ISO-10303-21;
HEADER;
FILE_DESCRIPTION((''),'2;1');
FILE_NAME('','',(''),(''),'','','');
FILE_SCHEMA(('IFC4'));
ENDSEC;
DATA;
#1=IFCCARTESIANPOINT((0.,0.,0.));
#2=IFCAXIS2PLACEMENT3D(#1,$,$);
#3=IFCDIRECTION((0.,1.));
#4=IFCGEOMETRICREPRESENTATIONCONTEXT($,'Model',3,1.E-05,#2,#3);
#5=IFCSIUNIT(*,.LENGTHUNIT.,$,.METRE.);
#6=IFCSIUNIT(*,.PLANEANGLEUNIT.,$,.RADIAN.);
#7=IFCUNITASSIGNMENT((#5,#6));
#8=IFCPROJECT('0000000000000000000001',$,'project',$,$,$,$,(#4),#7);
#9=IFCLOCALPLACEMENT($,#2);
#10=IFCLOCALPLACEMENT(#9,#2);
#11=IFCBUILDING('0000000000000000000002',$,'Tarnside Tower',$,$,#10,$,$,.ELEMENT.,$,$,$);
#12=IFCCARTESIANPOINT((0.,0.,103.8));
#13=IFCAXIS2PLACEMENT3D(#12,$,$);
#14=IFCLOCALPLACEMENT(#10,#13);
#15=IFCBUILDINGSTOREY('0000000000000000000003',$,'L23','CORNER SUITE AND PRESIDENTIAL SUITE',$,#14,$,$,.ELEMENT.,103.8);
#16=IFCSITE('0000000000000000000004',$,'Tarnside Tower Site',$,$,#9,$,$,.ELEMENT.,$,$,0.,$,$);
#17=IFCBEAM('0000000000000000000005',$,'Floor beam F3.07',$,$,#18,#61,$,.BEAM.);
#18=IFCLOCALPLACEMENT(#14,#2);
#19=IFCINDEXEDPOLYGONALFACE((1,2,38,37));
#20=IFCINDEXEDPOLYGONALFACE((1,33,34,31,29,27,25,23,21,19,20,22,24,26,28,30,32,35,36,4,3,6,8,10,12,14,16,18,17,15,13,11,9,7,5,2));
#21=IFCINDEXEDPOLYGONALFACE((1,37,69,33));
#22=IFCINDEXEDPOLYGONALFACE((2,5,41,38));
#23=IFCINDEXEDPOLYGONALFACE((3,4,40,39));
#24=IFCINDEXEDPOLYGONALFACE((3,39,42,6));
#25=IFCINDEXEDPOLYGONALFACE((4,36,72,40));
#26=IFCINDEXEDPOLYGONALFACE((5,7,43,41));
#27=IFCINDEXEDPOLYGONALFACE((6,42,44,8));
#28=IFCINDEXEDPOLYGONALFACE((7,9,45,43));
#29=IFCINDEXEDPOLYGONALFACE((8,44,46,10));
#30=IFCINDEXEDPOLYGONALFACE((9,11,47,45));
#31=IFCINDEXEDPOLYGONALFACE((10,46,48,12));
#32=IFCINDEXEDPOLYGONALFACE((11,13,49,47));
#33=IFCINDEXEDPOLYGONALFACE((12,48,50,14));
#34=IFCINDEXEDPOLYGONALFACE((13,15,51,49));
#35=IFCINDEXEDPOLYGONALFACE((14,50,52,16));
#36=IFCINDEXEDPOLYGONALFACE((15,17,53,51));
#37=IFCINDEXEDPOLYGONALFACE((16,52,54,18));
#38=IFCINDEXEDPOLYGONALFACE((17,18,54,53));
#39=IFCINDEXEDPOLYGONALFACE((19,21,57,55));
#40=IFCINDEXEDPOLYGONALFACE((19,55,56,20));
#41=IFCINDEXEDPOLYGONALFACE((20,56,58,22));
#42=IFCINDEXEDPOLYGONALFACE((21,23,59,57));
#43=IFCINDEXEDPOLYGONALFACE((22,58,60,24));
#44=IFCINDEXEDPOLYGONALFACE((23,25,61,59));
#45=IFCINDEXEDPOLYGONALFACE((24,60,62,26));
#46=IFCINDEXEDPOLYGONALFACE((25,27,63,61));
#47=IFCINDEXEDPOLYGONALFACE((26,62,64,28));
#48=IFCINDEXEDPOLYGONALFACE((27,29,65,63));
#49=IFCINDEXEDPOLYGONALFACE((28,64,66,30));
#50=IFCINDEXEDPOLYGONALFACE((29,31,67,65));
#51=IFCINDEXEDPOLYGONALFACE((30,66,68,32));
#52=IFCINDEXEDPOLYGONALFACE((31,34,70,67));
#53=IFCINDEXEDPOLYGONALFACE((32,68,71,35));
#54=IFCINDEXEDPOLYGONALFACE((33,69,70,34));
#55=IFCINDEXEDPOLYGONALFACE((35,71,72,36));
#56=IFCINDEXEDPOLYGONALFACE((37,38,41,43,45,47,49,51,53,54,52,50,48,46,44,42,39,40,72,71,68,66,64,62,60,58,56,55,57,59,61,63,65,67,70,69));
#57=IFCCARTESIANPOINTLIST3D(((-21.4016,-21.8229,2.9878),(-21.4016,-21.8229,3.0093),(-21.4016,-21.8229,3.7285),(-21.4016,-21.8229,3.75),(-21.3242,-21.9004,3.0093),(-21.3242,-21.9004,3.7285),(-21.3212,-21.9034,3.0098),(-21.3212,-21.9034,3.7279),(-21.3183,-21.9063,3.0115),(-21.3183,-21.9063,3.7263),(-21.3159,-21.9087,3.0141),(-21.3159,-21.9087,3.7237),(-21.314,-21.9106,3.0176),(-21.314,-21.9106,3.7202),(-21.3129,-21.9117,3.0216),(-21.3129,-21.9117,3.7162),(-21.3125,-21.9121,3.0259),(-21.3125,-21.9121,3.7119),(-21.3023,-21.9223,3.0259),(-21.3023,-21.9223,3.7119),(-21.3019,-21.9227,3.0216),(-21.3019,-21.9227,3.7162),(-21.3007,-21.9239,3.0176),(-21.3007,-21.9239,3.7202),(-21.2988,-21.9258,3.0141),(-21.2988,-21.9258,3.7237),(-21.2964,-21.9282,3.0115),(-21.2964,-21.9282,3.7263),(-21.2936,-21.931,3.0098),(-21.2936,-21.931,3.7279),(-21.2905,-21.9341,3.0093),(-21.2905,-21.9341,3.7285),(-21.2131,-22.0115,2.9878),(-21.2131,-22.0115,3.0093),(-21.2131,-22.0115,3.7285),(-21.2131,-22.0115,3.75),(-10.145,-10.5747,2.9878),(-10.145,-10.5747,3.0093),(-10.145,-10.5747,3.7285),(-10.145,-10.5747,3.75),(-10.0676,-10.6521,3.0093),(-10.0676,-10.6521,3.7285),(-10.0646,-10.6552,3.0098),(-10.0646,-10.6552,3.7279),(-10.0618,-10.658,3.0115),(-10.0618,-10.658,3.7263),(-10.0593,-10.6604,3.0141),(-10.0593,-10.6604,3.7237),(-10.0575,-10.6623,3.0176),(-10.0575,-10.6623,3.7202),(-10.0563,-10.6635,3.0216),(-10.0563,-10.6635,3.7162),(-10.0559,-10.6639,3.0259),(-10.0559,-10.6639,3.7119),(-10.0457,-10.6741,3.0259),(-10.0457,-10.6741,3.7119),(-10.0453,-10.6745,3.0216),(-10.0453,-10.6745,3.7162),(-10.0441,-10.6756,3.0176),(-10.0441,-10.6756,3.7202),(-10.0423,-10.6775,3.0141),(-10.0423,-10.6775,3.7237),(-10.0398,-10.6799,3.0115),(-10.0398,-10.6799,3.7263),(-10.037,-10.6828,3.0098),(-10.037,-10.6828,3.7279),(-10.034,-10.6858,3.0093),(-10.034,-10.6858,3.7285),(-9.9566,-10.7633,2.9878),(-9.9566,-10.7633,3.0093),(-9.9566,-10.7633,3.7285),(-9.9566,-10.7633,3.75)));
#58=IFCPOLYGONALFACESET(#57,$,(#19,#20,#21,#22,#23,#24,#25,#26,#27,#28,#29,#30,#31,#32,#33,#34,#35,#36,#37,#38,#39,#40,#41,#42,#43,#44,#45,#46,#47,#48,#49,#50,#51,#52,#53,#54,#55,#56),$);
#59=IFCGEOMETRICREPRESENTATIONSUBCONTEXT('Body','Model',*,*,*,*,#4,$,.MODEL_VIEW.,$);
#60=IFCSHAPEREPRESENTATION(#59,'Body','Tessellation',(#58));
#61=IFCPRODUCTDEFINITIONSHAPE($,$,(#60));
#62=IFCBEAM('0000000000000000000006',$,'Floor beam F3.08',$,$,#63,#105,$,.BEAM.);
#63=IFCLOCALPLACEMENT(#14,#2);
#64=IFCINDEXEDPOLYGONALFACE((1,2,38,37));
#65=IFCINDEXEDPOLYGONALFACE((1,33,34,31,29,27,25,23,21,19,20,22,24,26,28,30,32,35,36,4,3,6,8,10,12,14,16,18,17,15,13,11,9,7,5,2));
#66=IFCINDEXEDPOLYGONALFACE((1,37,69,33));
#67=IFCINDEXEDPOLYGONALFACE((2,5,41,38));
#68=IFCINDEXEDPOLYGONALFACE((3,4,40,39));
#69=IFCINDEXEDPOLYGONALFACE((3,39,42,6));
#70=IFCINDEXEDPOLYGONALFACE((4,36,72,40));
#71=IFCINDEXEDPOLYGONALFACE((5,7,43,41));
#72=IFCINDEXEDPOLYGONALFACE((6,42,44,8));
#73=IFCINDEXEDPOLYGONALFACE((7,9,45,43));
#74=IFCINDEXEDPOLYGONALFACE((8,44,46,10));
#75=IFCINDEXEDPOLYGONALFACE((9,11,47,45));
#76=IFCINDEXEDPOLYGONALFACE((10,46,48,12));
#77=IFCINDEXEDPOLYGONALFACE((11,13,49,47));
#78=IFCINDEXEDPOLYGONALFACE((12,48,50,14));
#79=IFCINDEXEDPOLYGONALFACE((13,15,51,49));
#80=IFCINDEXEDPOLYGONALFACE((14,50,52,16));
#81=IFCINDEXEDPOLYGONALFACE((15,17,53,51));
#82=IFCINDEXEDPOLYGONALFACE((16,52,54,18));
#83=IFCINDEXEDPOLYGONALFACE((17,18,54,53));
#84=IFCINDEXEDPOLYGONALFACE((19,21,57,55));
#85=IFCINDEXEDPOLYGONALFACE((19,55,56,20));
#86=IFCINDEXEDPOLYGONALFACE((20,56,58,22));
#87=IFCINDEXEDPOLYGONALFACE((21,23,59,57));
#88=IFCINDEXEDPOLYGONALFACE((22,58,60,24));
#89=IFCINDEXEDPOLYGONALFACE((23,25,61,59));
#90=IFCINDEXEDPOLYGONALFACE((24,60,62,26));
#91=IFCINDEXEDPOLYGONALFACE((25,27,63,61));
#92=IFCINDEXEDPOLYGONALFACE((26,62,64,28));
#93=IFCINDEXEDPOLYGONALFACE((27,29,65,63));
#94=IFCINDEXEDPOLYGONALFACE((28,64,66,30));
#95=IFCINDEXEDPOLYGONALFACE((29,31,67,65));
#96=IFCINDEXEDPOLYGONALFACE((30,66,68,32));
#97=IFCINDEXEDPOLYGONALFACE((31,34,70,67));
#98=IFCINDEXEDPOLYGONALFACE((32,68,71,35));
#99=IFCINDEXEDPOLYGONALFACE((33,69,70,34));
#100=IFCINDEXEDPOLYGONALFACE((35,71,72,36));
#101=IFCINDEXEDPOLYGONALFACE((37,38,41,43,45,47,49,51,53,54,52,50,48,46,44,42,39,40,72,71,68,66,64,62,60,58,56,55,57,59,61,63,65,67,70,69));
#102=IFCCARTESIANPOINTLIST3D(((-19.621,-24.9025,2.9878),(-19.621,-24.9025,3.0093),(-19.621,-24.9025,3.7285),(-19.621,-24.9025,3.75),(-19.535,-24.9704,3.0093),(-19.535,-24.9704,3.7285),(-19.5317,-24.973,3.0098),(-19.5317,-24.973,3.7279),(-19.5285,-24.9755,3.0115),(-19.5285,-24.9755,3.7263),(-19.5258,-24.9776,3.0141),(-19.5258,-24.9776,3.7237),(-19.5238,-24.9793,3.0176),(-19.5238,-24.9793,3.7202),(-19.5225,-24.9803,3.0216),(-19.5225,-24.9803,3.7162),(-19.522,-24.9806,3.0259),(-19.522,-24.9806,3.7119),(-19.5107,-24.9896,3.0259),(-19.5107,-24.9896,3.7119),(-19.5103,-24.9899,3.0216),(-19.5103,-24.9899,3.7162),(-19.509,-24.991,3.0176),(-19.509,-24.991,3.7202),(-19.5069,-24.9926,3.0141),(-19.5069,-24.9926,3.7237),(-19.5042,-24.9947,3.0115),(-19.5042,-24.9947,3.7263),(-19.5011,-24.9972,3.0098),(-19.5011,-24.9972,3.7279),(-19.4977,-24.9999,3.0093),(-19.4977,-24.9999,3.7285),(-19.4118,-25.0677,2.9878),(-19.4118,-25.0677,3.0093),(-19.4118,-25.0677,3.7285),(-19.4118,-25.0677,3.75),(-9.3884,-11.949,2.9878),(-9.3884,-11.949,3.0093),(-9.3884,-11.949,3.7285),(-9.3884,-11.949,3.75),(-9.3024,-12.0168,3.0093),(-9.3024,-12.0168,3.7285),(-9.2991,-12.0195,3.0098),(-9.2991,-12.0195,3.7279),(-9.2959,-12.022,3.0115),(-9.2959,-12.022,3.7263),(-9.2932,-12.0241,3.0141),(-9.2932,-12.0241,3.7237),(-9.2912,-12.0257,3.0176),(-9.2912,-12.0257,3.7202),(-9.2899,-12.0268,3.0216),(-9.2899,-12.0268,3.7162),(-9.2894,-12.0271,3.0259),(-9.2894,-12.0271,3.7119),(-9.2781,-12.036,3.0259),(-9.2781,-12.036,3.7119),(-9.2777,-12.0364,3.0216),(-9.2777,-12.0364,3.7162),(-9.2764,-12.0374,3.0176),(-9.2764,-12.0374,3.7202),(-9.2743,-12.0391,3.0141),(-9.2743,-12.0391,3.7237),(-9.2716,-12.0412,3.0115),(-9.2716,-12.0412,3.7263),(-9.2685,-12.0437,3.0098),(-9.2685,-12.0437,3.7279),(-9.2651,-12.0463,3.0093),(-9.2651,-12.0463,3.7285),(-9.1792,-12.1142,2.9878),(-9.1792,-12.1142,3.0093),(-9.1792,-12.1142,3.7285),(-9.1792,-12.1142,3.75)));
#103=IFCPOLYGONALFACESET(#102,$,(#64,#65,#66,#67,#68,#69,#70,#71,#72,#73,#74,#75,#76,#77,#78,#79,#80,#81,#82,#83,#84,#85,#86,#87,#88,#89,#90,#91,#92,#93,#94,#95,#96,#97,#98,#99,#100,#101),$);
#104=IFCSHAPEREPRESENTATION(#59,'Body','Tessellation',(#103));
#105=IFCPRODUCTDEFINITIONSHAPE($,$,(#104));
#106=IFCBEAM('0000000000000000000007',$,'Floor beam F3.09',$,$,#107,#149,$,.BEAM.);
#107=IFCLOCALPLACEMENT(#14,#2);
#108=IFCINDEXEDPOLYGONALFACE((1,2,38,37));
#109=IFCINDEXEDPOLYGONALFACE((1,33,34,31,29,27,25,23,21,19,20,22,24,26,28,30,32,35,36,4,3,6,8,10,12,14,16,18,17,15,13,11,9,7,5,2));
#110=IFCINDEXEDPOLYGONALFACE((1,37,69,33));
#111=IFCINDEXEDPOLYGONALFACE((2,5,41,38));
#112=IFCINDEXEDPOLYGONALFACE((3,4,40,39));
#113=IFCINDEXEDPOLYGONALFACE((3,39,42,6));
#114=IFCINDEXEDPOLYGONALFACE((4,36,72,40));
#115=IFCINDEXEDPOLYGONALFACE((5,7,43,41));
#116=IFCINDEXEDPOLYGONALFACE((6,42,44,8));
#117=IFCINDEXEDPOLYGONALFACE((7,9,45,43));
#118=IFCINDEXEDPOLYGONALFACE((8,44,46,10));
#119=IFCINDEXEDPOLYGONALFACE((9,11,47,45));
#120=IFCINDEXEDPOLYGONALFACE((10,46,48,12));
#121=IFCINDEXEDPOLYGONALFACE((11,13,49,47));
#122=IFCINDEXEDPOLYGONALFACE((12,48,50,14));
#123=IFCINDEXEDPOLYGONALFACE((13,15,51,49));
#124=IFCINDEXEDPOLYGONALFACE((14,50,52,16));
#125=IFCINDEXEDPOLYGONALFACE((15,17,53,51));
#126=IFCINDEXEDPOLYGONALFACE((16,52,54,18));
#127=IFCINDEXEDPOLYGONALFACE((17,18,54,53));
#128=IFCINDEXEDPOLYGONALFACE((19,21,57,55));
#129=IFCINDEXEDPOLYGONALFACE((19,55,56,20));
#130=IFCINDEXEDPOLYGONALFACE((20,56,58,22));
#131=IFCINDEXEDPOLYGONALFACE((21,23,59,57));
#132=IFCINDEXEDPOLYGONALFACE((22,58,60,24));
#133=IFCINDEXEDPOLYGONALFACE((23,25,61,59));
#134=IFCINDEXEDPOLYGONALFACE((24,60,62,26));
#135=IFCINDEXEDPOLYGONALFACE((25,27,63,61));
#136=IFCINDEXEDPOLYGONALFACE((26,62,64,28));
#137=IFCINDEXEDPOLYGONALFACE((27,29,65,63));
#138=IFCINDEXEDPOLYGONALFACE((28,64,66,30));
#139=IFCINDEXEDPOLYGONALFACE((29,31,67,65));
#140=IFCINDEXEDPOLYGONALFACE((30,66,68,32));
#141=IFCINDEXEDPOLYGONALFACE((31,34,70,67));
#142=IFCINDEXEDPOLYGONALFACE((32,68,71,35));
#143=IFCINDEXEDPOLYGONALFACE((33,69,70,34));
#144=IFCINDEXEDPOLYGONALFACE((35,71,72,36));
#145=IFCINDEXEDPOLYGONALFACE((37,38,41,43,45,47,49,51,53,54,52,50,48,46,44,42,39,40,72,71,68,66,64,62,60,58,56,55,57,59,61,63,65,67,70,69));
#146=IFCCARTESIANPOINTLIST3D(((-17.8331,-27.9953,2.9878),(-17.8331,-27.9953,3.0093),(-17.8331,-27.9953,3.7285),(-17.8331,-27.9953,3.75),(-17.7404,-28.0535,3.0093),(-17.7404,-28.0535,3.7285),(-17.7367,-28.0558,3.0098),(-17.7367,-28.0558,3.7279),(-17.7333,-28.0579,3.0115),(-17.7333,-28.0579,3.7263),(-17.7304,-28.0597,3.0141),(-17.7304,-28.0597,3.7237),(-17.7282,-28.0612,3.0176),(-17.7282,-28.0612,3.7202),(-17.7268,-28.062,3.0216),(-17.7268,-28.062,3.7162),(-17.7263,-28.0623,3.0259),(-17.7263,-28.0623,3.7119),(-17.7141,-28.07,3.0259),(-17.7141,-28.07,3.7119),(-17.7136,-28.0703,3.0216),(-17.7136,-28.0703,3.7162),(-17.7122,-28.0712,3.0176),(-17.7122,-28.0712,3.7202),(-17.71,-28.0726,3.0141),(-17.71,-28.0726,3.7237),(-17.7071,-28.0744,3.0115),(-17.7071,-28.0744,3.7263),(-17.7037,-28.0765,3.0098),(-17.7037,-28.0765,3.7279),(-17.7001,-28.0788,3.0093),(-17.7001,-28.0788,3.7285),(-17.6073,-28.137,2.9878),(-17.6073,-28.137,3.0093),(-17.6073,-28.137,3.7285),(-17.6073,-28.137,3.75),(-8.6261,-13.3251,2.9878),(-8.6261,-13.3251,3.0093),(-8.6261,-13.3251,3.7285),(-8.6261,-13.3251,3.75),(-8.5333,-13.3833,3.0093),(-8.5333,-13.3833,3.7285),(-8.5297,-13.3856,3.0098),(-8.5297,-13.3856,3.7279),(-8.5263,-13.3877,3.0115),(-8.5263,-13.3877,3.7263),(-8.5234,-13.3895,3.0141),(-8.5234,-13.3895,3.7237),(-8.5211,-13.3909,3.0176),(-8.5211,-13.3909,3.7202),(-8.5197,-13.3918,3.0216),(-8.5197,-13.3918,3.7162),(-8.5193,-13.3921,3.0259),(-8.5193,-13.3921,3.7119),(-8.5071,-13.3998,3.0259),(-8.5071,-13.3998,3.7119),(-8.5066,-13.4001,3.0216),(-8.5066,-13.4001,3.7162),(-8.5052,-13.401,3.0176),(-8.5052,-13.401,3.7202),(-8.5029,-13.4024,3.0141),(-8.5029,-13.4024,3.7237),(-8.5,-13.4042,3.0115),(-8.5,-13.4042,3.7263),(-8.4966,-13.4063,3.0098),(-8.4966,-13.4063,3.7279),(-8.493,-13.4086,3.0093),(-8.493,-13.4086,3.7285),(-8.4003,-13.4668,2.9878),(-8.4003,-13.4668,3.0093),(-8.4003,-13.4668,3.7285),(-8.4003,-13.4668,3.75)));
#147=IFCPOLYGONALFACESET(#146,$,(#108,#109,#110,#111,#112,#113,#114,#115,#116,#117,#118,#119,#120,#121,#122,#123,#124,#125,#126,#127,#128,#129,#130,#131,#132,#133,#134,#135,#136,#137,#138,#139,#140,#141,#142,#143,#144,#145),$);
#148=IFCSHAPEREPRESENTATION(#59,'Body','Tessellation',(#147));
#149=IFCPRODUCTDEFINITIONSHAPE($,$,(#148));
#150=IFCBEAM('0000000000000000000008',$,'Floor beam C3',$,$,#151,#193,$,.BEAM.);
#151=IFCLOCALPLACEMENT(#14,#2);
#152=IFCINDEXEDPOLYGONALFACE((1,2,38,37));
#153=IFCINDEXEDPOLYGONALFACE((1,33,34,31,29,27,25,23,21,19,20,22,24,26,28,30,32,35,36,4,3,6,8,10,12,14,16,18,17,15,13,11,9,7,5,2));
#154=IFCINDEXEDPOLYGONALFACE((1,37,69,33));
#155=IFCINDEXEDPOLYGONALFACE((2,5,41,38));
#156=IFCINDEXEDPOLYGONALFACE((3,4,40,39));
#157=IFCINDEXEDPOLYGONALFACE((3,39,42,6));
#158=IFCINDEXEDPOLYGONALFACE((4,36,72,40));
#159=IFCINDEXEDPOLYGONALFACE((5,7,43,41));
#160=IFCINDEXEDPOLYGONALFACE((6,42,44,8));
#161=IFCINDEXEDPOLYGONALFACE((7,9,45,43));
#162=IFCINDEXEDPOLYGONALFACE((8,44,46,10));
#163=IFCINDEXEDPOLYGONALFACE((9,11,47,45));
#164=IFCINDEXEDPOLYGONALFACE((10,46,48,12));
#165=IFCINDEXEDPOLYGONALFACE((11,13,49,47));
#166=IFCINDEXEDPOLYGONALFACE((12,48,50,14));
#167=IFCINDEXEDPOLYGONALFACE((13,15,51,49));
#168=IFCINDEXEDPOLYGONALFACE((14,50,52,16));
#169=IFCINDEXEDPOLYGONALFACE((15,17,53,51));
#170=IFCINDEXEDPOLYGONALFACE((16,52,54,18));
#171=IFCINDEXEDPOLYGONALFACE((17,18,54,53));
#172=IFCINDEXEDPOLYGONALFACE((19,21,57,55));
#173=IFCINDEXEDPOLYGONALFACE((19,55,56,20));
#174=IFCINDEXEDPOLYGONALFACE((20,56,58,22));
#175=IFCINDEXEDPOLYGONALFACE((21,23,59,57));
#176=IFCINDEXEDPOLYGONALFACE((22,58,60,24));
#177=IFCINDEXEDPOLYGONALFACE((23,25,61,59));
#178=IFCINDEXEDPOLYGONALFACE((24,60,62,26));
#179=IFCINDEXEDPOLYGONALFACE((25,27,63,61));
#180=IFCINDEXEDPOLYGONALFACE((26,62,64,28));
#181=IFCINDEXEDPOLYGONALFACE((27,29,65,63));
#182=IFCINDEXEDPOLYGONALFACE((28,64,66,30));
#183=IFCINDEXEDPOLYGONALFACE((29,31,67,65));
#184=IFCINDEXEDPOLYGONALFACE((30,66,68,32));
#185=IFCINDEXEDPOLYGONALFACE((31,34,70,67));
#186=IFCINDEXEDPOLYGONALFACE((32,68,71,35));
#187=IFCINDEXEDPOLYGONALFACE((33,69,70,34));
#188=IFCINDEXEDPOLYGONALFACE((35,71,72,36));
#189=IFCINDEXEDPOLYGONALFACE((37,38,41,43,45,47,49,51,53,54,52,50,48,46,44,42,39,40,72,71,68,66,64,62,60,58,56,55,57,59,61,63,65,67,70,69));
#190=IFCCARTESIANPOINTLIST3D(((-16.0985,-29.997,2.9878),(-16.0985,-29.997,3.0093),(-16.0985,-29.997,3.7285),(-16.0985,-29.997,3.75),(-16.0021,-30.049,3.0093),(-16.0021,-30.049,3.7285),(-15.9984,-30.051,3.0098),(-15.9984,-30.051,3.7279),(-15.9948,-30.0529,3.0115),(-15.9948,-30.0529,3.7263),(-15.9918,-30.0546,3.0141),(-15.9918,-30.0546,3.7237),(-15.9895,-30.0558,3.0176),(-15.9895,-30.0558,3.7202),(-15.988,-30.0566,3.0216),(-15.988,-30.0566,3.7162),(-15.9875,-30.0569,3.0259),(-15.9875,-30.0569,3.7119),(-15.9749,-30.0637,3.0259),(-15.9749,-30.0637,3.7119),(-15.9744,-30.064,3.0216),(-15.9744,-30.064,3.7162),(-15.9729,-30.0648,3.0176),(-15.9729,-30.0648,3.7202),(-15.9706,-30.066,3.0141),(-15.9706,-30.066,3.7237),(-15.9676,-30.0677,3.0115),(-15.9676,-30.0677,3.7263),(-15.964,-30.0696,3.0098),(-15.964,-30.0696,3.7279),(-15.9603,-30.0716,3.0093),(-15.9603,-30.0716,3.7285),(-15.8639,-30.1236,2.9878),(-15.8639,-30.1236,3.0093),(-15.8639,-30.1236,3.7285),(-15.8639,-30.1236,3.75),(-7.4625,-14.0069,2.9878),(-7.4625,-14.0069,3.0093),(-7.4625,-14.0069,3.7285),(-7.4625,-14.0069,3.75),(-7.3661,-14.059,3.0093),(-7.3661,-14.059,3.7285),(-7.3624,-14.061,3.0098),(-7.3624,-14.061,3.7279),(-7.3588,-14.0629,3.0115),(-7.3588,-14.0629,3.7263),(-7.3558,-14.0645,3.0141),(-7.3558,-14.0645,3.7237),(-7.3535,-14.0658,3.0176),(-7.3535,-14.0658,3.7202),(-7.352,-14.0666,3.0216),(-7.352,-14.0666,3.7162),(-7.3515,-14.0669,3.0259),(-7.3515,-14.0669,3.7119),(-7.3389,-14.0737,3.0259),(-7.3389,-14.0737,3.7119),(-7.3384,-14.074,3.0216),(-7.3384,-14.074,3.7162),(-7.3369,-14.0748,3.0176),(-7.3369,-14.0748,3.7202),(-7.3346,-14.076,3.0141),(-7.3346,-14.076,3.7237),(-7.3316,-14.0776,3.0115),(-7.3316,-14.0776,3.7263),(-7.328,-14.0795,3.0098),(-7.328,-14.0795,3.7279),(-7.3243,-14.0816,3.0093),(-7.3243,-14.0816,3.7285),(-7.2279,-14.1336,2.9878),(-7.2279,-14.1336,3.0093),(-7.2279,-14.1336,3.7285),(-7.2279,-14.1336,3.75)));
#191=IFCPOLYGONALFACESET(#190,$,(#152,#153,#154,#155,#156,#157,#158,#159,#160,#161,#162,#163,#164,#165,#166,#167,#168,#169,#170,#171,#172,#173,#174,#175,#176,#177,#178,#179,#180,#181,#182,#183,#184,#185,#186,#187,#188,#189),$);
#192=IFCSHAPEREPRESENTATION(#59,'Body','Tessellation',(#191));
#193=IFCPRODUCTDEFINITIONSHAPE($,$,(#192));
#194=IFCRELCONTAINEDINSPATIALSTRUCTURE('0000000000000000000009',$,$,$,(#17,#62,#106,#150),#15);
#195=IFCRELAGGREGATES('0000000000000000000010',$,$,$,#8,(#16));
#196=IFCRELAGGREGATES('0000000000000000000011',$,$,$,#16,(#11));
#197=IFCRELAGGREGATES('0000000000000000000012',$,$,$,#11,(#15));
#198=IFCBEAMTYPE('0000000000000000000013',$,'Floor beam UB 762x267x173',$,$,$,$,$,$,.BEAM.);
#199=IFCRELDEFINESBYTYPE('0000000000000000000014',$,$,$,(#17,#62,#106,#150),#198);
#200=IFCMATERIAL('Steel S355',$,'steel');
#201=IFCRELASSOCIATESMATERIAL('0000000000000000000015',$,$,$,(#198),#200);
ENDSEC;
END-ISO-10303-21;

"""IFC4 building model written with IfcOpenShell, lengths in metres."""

from ifc_helpers import new_model, si_unit, direction, frame, origin, origin_2d, place, context, subcontext, project, spatial, i_section, extrude, material, material_profile, profile_set, type_object, element, save


model = new_model("IFC4")

# Units and contexts
model_context = context("Model", 3, precision=1e-05, world=origin(), true_north=direction((0.0, 1.0)))
body_context = subcontext(model_context, "Body", "Model", "MODEL_VIEW")
ifc_project = project(units=[si_unit("LENGTHUNIT", "METRE"), si_unit("PLANEANGLEUNIT", "RADIAN")], contexts=[model_context])

# Site, building, storey
site_placement = place(None, origin())
site = spatial("IfcSite", under=ifc_project, at=site_placement, Name="Tarnside Tower Site", CompositionType="ELEMENT", RefElevation=0.0)
building_placement = place(site_placement, origin())
building = spatial("IfcBuilding", under=site, at=building_placement, Name="Tarnside Tower", CompositionType="ELEMENT")
storey_placement = place(building_placement, frame((0.0, 0.0, 103.8)))
storey = spatial("IfcBuildingStorey", under=building, at=storey_placement, Name="L23", Description="CORNER SUITE AND PRESIDENTIAL SUITE", CompositionType="ELEMENT", Elevation=103.8)

# Beams
ifc_material_1 = material(Name="Steel S355", Category="steel")
ifc_material_profile_1 = material_profile(ifc_material_1, i_section(OverallWidth=0.2666, OverallDepth=0.7622, WebThickness=0.0144, FlangeThickness=0.0215, FilletRadius=0.0166, at=origin_2d()), Name="UB 762x267x173")
ifc_profile_set_1 = profile_set([ifc_material_profile_1], Name="Steel S355")
beam_type_1 = type_object("IfcBeamType", Name="Floor beam UB 762x267x173", PredefinedType="BEAM", material=ifc_profile_set_1)
beam_1_placement = place(storey_placement, frame((-21.3074, -21.9172, 3.3689), z_axis=(0.707368, 0.706846, 0.0), x_axis=(-0.706846, 0.707368, 0.0)))
element("IfcBeam", 1, at=beam_1_placement, inside=storey, type_object=beam_type_1, Name="Floor beam F3.07", PredefinedType="BEAM", context=body_context, shape_type="SweptSolid", body=[
    extrude(i_section(OverallWidth=0.2666, OverallDepth=0.7622, WebThickness=0.0144, FlangeThickness=0.0215, FilletRadius=0.0166, at=origin_2d()), origin(), (0.0, 0.0, 1.0), 15.9133),
])
beam_2_placement = place(storey_placement, frame((-19.5164, -24.9851, 3.3689), z_axis=(0.619873, 0.784702, 0.0), x_axis=(-0.784702, 0.619873, 0.0)))
element("IfcBeam", 2, at=beam_2_placement, inside=storey, type_object=beam_type_1, Name="Floor beam F3.08", PredefinedType="BEAM", context=body_context, shape_type="SweptSolid", body=[
    extrude(i_section(OverallWidth=0.2666, OverallDepth=0.7622, WebThickness=0.0144, FlangeThickness=0.0215, FilletRadius=0.0166, at=origin_2d()), origin(), (0.0, 0.0, 1.0), 16.5076),
])
beam_3_placement = place(storey_placement, frame((-17.7202, -28.0662, 3.3689), z_axis=(0.531583, 0.847006, 0.0), x_axis=(-0.847006, 0.531583, 0.0)))
element("IfcBeam", 3, at=beam_3_placement, inside=storey, type_object=beam_type_1, Name="Floor beam F3.09", PredefinedType="BEAM", context=body_context, shape_type="SweptSolid", body=[
    extrude(i_section(OverallWidth=0.2666, OverallDepth=0.7622, WebThickness=0.0144, FlangeThickness=0.0215, FilletRadius=0.0166, at=origin_2d()), origin(), (0.0, 0.0, 1.0), 17.3201),
])
beam_4_placement = place(storey_placement, frame((-15.9812, -30.0603, 3.3689), z_axis=(0.475208, 0.879873, 0.0), x_axis=(-0.879873, 0.475208, 0.0)))
element("IfcBeam", 4, at=beam_4_placement, inside=storey, type_object=beam_type_1, Name="Floor beam C3", PredefinedType="BEAM", context=body_context, shape_type="SweptSolid", body=[
    extrude(i_section(OverallWidth=0.2666, OverallDepth=0.7622, WebThickness=0.0144, FlangeThickness=0.0215, FilletRadius=0.0166, at=origin_2d()), origin(), (0.0, 0.0, 1.0), 18.1731),
])

save(model, "model.ifc")
